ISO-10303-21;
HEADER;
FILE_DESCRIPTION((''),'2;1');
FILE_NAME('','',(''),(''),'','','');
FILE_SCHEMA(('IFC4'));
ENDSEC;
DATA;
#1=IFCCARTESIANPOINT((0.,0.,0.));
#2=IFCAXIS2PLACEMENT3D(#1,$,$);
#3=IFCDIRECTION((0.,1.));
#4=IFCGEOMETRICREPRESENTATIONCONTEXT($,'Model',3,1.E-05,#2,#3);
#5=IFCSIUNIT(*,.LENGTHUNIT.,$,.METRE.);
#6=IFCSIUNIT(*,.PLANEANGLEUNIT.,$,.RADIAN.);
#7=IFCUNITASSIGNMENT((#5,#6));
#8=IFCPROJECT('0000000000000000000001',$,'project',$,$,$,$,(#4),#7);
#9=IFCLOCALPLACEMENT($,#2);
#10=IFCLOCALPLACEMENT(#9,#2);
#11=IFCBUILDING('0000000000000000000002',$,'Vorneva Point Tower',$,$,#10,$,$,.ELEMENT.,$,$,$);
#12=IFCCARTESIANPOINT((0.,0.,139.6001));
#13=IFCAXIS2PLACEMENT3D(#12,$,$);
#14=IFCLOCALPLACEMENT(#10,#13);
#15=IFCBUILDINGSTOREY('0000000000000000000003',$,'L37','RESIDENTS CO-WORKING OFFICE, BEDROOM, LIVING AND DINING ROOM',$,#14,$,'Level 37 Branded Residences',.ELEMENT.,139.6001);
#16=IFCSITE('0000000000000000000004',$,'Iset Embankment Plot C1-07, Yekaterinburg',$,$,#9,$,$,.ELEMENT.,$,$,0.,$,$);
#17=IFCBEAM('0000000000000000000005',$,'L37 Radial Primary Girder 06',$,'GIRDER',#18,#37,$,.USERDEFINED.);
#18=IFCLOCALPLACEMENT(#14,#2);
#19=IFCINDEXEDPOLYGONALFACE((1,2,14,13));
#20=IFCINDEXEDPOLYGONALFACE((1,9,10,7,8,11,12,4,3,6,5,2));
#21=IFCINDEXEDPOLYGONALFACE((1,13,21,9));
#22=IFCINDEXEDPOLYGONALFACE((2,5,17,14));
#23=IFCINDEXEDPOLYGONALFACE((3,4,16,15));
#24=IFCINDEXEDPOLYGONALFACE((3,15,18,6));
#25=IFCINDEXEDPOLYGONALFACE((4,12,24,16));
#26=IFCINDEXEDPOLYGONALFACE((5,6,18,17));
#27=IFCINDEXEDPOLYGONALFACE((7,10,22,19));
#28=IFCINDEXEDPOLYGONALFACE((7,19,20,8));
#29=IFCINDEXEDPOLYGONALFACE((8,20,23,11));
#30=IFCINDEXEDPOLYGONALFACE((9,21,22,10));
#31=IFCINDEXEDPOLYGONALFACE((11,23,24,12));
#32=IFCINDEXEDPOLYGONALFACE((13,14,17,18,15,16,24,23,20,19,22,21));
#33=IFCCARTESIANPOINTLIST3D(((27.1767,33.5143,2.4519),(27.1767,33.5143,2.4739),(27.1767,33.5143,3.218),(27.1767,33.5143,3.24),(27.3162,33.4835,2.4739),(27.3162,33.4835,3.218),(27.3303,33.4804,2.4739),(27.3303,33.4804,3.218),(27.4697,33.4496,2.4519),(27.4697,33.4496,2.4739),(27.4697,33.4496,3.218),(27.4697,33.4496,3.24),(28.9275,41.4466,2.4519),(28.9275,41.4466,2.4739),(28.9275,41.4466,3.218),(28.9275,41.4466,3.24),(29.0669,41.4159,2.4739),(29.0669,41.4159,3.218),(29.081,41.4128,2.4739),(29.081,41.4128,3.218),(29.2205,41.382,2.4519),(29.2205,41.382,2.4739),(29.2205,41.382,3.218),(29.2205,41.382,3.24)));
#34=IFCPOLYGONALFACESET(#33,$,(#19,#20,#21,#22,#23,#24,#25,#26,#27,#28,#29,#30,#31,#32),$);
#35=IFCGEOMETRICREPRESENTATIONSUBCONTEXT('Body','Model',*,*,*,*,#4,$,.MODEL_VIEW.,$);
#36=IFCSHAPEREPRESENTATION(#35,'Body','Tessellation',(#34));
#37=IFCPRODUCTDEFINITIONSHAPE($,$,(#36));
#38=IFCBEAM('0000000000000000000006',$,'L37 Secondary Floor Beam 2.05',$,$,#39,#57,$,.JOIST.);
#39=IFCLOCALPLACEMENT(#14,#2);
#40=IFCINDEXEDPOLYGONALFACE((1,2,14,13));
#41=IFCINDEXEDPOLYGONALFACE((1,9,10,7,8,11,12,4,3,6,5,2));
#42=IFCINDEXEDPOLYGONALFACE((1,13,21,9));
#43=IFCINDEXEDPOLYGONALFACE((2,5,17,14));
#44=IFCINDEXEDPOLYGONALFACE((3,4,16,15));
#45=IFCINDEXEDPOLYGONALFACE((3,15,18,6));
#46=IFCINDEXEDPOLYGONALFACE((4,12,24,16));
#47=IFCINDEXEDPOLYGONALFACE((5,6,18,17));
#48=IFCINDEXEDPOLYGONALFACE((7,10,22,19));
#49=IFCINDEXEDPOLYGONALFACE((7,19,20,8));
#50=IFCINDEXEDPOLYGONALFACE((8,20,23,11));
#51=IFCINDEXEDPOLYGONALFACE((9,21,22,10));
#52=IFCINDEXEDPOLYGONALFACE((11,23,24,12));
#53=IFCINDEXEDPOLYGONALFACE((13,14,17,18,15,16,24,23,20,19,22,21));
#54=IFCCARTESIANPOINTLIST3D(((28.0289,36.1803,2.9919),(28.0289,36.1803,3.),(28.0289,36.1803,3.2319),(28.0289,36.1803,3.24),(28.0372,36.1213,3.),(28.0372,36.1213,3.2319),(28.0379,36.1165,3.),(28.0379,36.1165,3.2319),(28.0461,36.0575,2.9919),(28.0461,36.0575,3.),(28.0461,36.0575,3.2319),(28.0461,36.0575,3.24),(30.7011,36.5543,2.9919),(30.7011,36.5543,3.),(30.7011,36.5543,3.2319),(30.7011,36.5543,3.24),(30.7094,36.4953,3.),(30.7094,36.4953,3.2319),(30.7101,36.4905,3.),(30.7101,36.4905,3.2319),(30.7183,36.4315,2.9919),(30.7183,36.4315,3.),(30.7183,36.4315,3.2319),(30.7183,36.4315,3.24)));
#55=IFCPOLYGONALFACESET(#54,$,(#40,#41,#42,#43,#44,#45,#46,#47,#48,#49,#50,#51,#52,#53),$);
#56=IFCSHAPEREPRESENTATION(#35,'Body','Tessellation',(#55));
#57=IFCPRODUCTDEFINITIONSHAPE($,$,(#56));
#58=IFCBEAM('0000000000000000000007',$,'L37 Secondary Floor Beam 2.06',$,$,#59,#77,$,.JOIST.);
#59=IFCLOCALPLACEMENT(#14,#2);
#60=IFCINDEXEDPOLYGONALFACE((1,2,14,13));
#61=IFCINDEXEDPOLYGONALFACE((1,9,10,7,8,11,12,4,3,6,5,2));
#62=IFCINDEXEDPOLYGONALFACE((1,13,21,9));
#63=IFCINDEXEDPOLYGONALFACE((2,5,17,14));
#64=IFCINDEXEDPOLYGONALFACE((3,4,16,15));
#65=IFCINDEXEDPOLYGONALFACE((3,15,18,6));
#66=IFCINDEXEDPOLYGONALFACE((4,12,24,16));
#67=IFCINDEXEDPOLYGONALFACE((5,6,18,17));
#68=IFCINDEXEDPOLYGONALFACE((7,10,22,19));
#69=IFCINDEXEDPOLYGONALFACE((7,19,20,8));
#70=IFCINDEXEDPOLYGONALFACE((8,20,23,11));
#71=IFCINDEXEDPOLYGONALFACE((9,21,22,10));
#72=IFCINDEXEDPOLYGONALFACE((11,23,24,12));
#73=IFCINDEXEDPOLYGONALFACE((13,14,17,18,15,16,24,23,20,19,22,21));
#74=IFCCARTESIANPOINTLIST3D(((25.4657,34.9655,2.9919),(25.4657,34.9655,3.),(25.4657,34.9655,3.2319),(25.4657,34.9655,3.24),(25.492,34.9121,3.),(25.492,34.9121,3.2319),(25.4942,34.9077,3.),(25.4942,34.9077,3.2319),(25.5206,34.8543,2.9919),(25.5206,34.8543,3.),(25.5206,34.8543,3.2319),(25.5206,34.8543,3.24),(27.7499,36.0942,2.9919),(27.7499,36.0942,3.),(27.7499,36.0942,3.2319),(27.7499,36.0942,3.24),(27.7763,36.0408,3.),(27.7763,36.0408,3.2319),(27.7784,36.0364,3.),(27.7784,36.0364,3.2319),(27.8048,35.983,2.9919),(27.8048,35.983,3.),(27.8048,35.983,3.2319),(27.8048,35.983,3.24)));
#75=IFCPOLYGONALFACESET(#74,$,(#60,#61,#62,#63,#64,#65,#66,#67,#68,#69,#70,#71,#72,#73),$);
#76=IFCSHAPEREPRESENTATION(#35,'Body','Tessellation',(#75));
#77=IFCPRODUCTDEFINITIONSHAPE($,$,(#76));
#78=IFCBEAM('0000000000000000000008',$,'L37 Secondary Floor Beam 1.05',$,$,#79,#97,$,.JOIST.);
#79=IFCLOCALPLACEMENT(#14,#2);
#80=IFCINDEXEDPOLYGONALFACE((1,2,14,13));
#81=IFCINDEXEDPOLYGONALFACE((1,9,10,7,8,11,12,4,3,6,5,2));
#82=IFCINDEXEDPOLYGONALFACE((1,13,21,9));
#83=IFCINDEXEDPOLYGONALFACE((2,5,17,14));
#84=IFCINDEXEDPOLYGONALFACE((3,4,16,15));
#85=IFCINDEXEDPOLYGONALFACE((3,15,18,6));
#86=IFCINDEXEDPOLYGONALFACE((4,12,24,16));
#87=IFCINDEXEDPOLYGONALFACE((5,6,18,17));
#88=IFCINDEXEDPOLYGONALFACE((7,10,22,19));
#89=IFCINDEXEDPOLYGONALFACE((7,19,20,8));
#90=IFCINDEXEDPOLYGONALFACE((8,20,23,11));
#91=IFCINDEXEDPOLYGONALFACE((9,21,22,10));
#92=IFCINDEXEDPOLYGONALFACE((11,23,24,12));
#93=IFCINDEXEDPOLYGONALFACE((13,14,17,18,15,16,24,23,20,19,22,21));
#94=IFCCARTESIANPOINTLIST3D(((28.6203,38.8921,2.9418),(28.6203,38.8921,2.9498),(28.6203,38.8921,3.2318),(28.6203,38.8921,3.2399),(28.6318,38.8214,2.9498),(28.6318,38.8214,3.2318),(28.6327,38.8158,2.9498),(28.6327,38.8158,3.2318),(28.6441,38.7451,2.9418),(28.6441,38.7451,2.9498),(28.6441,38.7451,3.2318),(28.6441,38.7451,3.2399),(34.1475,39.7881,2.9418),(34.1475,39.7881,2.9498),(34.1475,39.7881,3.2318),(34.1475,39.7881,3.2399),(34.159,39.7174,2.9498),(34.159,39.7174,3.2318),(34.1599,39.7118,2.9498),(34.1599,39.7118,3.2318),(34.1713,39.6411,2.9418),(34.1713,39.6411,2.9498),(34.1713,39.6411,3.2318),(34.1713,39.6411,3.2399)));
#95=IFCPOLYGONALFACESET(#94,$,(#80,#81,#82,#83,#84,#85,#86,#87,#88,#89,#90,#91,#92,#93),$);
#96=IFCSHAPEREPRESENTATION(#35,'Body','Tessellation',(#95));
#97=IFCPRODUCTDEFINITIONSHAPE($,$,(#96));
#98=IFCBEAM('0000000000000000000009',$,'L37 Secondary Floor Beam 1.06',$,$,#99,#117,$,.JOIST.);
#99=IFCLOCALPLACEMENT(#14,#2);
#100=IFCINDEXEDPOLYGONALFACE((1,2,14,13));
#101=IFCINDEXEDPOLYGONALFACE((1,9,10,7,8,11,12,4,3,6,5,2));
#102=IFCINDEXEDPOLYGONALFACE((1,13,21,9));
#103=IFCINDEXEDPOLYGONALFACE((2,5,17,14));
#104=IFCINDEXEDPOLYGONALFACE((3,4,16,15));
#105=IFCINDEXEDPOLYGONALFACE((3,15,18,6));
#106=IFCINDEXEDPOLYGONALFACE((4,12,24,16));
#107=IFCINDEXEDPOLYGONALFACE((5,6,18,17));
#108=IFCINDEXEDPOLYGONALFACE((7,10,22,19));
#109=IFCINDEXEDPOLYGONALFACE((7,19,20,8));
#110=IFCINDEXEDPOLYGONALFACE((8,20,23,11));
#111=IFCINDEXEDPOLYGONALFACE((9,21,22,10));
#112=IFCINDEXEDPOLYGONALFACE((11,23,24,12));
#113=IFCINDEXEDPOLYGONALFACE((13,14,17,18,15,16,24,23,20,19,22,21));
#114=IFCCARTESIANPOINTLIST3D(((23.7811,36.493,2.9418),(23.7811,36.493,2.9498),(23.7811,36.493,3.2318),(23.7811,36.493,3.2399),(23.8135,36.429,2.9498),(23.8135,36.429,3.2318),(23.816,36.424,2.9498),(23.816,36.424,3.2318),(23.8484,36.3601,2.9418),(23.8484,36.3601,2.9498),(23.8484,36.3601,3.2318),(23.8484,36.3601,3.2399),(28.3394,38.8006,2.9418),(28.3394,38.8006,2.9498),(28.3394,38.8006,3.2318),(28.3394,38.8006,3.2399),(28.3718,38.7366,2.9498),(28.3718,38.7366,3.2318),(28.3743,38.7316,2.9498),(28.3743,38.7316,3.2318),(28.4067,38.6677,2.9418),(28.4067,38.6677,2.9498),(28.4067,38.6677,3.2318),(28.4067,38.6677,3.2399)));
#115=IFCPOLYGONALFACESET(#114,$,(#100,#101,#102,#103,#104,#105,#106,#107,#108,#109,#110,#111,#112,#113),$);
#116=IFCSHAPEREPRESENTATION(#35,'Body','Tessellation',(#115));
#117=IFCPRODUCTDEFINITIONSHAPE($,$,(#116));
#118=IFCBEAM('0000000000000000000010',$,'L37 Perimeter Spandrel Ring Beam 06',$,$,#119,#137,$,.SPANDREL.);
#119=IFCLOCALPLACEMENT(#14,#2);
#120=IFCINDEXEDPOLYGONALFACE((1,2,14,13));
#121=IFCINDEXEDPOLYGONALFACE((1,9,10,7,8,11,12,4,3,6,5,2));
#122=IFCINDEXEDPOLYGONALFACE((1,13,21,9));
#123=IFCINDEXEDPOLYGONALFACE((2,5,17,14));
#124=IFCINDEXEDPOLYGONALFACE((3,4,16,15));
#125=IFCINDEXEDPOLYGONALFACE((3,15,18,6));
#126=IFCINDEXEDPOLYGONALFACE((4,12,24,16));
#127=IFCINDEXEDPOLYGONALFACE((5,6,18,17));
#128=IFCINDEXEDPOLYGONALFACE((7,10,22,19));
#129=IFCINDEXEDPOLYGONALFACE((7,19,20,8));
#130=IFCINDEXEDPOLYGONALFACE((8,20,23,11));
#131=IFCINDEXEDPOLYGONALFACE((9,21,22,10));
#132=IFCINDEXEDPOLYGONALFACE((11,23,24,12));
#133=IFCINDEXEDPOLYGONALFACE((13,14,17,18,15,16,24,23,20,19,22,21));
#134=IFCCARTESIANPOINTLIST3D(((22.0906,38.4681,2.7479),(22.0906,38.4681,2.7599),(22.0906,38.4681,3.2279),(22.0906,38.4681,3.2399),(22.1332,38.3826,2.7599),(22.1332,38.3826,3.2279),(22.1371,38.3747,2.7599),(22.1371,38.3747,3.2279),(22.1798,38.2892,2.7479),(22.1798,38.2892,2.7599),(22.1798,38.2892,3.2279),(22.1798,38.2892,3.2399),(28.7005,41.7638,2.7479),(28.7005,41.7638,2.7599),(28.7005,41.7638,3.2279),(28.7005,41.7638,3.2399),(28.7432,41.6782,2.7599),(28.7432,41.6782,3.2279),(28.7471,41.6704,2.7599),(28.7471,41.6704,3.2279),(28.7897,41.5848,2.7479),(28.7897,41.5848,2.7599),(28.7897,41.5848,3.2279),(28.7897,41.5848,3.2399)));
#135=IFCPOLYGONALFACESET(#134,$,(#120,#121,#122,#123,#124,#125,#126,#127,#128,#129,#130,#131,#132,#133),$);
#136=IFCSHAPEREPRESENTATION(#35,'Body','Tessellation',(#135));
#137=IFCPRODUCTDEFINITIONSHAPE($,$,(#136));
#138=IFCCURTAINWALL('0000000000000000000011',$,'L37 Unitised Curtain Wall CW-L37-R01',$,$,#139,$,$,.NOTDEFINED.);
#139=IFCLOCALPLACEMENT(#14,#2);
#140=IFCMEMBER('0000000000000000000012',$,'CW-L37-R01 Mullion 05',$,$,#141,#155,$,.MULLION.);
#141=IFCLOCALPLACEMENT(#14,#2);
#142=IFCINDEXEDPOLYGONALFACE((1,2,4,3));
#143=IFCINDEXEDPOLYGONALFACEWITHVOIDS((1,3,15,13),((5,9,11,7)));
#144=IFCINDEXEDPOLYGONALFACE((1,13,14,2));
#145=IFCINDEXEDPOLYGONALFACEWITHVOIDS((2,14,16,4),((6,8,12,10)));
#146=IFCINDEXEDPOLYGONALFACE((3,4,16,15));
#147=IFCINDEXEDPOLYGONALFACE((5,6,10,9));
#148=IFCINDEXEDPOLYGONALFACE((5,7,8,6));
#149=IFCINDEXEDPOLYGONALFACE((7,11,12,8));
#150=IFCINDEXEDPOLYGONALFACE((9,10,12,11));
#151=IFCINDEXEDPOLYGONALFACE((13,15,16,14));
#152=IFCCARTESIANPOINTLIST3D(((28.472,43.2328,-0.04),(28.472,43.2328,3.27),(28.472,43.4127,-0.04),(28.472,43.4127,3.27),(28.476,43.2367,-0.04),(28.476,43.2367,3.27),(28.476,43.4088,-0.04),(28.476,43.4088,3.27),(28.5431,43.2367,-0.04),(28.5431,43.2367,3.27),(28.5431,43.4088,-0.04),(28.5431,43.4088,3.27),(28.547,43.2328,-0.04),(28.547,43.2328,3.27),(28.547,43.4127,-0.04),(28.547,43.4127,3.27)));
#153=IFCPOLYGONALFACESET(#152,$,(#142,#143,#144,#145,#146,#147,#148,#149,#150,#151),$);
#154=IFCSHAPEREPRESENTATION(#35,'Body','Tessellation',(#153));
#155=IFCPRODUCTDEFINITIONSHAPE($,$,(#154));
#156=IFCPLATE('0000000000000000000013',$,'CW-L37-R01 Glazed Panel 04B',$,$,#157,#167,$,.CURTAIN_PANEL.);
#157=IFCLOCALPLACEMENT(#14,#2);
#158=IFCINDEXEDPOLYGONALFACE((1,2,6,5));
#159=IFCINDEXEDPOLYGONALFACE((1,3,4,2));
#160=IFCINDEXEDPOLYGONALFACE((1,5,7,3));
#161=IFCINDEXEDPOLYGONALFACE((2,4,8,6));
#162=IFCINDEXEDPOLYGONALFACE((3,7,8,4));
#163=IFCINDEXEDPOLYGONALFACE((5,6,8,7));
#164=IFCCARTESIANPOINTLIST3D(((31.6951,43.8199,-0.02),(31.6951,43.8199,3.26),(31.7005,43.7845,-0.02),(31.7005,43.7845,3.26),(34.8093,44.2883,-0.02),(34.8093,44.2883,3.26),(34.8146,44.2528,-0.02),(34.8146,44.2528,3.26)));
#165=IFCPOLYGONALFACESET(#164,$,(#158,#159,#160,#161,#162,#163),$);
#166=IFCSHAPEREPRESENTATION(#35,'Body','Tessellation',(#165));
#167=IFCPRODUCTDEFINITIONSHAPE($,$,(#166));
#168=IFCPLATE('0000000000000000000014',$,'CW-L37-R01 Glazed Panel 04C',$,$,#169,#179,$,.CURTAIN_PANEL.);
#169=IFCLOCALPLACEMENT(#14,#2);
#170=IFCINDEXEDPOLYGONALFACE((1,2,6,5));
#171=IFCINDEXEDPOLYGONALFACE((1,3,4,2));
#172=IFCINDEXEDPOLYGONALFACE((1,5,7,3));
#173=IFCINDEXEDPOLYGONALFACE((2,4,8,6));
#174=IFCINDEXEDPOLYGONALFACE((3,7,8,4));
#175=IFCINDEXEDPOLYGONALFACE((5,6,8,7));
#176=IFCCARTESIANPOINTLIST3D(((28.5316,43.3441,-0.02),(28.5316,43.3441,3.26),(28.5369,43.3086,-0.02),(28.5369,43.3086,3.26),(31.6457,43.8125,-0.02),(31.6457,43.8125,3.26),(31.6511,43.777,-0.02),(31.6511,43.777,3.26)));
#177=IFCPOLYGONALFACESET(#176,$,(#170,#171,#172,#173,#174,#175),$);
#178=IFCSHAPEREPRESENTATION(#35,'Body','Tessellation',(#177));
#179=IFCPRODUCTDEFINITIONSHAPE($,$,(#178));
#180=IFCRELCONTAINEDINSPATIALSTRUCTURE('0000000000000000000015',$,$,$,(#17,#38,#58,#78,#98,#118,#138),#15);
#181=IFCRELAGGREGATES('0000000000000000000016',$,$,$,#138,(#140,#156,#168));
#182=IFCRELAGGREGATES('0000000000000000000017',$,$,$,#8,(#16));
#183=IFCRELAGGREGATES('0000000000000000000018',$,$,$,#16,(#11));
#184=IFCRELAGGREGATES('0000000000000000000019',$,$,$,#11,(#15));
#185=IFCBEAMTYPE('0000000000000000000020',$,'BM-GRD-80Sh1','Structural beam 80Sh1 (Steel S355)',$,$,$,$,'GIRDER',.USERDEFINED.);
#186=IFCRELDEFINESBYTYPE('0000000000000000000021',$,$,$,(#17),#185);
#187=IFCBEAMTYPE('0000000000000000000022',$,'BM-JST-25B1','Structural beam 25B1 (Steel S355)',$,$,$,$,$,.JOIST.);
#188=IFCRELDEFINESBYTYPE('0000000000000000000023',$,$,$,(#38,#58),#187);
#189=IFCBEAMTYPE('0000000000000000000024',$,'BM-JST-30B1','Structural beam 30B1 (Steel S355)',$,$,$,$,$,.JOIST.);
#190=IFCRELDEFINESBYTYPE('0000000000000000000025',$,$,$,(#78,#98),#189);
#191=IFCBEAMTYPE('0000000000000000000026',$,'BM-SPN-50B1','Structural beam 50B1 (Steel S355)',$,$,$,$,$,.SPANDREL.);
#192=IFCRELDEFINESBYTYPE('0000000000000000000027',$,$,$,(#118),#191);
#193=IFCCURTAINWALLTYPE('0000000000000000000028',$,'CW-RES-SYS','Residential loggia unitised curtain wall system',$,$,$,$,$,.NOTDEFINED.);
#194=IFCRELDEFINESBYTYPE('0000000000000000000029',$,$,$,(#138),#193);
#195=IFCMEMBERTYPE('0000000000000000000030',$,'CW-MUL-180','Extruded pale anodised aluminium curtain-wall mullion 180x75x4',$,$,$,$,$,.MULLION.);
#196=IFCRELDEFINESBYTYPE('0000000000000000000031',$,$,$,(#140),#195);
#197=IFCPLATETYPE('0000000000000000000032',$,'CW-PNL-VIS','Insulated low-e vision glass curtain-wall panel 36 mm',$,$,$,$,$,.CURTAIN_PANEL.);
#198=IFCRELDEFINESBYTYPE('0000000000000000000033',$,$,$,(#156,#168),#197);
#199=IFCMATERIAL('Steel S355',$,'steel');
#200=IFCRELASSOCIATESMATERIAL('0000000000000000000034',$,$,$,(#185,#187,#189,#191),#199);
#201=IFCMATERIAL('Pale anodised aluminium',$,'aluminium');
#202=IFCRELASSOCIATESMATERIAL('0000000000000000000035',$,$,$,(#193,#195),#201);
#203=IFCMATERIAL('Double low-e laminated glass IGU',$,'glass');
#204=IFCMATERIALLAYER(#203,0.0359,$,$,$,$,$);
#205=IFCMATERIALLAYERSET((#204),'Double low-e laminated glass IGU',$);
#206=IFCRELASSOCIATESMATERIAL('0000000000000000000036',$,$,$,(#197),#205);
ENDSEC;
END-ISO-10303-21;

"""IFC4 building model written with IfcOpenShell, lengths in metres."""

from ifc_helpers import new_model, si_unit, direction, frame, origin, origin_2d, place, context, subcontext, project, spatial, rectangle, hollow_rectangle, i_section, extrude, material, layer, layer_set, material_profile, profile_set, type_object, element, aggregate, save


model = new_model("IFC4")

# Units and contexts
model_context = context("Model", 3, precision=1e-05, world=origin(), true_north=direction((0.0, 1.0)))
body_context = subcontext(model_context, "Body", "Model", "MODEL_VIEW")
ifc_project = project(units=[si_unit("LENGTHUNIT", "METRE"), si_unit("PLANEANGLEUNIT", "RADIAN")], contexts=[model_context])

# Site, building, storey
site_placement = place(None, origin())
site = spatial("IfcSite", under=ifc_project, at=site_placement, Name="Iset Embankment Plot C1-07, Yekaterinburg", CompositionType="ELEMENT", RefElevation=0.0)
building_placement = place(site_placement, origin())
building = spatial("IfcBuilding", under=site, at=building_placement, Name="Vorneva Point Tower", CompositionType="ELEMENT")
storey_placement = place(building_placement, frame((0.0, 0.0, 139.6001)))
storey = spatial("IfcBuildingStorey", under=building, at=storey_placement, Name="L37", Description="RESIDENTS CO-WORKING OFFICE, BEDROOM, LIVING AND DINING ROOM", LongName="Level 37 Branded Residences", CompositionType="ELEMENT", Elevation=139.6001)

# Beams
ifc_material_1 = material(Name="Steel S355", Category="steel")
ifc_material_profile_1 = material_profile(ifc_material_1, i_section(OverallWidth=0.3, OverallDepth=0.7881, WebThickness=0.0144, FlangeThickness=0.022, at=origin_2d()), Name="80Sh1")
ifc_profile_set_1 = profile_set([ifc_material_profile_1], Name="Steel S355")
beam_type_1 = type_object("IfcBeamType", Name="BM-GRD-80Sh1", Description="Structural beam 80Sh1 (Steel S355)", ElementType="GIRDER", PredefinedType="USERDEFINED", material=ifc_profile_set_1)
beam_1_placement = place(storey_placement, frame((29.074, 41.4143, 2.8459), z_axis=(-0.215521, -0.976499, 0.0), x_axis=(0.976499, -0.215521, 0.0)))
element("IfcBeam", 1, at=beam_1_placement, inside=storey, type_object=beam_type_1, Name="L37 Radial Primary Girder 06", ObjectType="GIRDER", PredefinedType="USERDEFINED", context=body_context, shape_type="SweptSolid", body=[
    extrude(i_section(OverallWidth=0.3, OverallDepth=0.7881, WebThickness=0.0144, FlangeThickness=0.022, at=origin_2d()), origin(), (0.0, 0.0, 1.0), 8.1233),
])
ifc_material_profile_2 = material_profile(ifc_material_1, i_section(OverallWidth=0.124, OverallDepth=0.248, WebThickness=0.0049, FlangeThickness=0.0081, at=origin_2d()), Name="25B1")
ifc_profile_set_2 = profile_set([ifc_material_profile_2], Name="Steel S355")
beam_type_2 = type_object("IfcBeamType", Name="BM-JST-25B1", Description="Structural beam 25B1 (Steel S355)", PredefinedType="JOIST", material=ifc_profile_set_2)
beam_2_placement = place(storey_placement, frame((30.7097, 36.4929, 3.116), z_axis=(-0.990345, -0.138621, 0.0), x_axis=(0.138621, -0.990345, 0.0)))
element("IfcBeam", 2, at=beam_2_placement, inside=storey, type_object=beam_type_2, Name="L37 Secondary Floor Beam 2.05", PredefinedType="JOIST", context=body_context, shape_type="SweptSolid", body=[
    extrude(i_section(OverallWidth=0.124, OverallDepth=0.248, WebThickness=0.0049, FlangeThickness=0.0081, at=origin_2d()), origin(), (0.0, 0.0, 1.0), 2.6982),
])
beam_3_placement = place(storey_placement, frame((27.7773, 36.0386, 3.116), z_axis=(-0.896525, -0.442992, 0.0), x_axis=(0.442992, -0.896525, 0.0)))
element("IfcBeam", 3, at=beam_3_placement, inside=storey, type_object=beam_type_2, Name="L37 Secondary Floor Beam 2.06", PredefinedType="JOIST", context=body_context, shape_type="SweptSolid", body=[
    extrude(i_section(OverallWidth=0.124, OverallDepth=0.248, WebThickness=0.0049, FlangeThickness=0.0081, at=origin_2d()), origin(), (0.0, 0.0, 1.0), 2.5479),
])
ifc_material_profile_3 = material_profile(ifc_material_1, i_section(OverallWidth=0.1489, OverallDepth=0.2981, WebThickness=0.0056, FlangeThickness=0.0081, at=origin_2d()), Name="30B1")
ifc_profile_set_3 = profile_set([ifc_material_profile_3], Name="Steel S355")
beam_type_3 = type_object("IfcBeamType", Name="BM-JST-30B1", Description="Structural beam 30B1 (Steel S355)", PredefinedType="JOIST", material=ifc_profile_set_3)
beam_4_placement = place(storey_placement, frame((34.1594, 39.7146, 3.0908), z_axis=(-0.987114, -0.160021, 0.0), x_axis=(0.160021, -0.987114, 0.0)))
element("IfcBeam", 4, at=beam_4_placement, inside=storey, type_object=beam_type_3, Name="L37 Secondary Floor Beam 1.05", PredefinedType="JOIST", context=body_context, shape_type="SweptSolid", body=[
    extrude(i_section(OverallWidth=0.1489, OverallDepth=0.2981, WebThickness=0.0056, FlangeThickness=0.0081, at=origin_2d()), origin(), (0.0, 0.0, 1.0), 5.5994),
])
beam_5_placement = place(storey_placement, frame((28.373, 38.7341, 3.0908), z_axis=(-0.892189, -0.451662, 0.0), x_axis=(0.451662, -0.892189, 0.0)))
element("IfcBeam", 5, at=beam_5_placement, inside=storey, type_object=beam_type_3, Name="L37 Secondary Floor Beam 1.06", PredefinedType="JOIST", context=body_context, shape_type="SweptSolid", body=[
    extrude(i_section(OverallWidth=0.1489, OverallDepth=0.2981, WebThickness=0.0056, FlangeThickness=0.0081, at=origin_2d()), origin(), (0.0, 0.0, 1.0), 5.1091),
])
ifc_material_profile_4 = material_profile(ifc_material_1, i_section(OverallWidth=0.2, OverallDepth=0.4919, WebThickness=0.0088, FlangeThickness=0.012, at=origin_2d()), Name="50B1")
ifc_profile_set_4 = profile_set([ifc_material_profile_4], Name="Steel S355")
beam_type_4 = type_object("IfcBeamType", Name="BM-SPN-50B1", Description="Structural beam 50B1 (Steel S355)", PredefinedType="SPANDREL", material=ifc_profile_set_4)
beam_6_placement = place(storey_placement, frame((28.7451, 41.6743, 2.9939), z_axis=(-0.894929, -0.446208, 0.0), x_axis=(0.446208, -0.894929, 0.0)))
element("IfcBeam", 6, at=beam_6_placement, inside=storey, type_object=beam_type_4, Name="L37 Perimeter Spandrel Ring Beam 06", PredefinedType="SPANDREL", context=body_context, shape_type="SweptSolid", body=[
    extrude(i_section(OverallWidth=0.2, OverallDepth=0.4919, WebThickness=0.0088, FlangeThickness=0.012, at=origin_2d()), origin(), (0.0, 0.0, 1.0), 7.386),
])

# Curtain wall, member, plates
ifc_material_2 = material(Name="Pale anodised aluminium", Category="aluminium")
curtain_wall_type = type_object("IfcCurtainWallType", Name="CW-RES-SYS", Description="Residential loggia unitised curtain wall system", PredefinedType="NOTDEFINED", material=ifc_material_2)
curtain_wall_placement = place(storey_placement, origin())
curtain_wall = element("IfcCurtainWall", 7, at=curtain_wall_placement, inside=storey, type_object=curtain_wall_type, Name="L37 Unitised Curtain Wall CW-L37-R01", PredefinedType="NOTDEFINED")
ifc_material_profile_5 = material_profile(ifc_material_2, hollow_rectangle(XDim=0.075, YDim=0.1799, WallThickness=0.0039, at=origin_2d()), Name="AL-MUL 180x75x4")
ifc_profile_set_5 = profile_set([ifc_material_profile_5], Name="Pale anodised aluminium")
member_type = type_object("IfcMemberType", Name="CW-MUL-180", Description="Extruded pale anodised aluminium curtain-wall mullion 180x75x4", PredefinedType="MULLION", material=ifc_profile_set_5)
member_placement = place(storey_placement, frame((28.5095, 43.3228, -0.04), z_axis=(0.0, 0.0, 1.0), x_axis=(1.0, 0.0, 0.0)))
member = element("IfcMember", 8, at=member_placement, type_object=member_type, Name="CW-L37-R01 Mullion 05", PredefinedType="MULLION", context=body_context, shape_type="SweptSolid", body=[
    extrude(hollow_rectangle(XDim=0.075, YDim=0.1799, WallThickness=0.0039, at=origin_2d()), origin(), (0.0, 0.0, 1.0), 3.3101),
])
ifc_material_3 = material(Name="Double low-e laminated glass IGU", Category="glass")
ifc_layer_1 = layer(ifc_material_3, 0.0359)
ifc_layer_set_1 = layer_set([ifc_layer_1], Name="Double low-e laminated glass IGU")
plate_type = type_object("IfcPlateType", Name="CW-PNL-VIS", Description="Insulated low-e vision glass curtain-wall panel 36 mm", PredefinedType="CURTAIN_PANEL", material=ifc_layer_set_1)
plate_1_placement = place(storey_placement, frame((33.2549, 44.0364, -0.02), z_axis=(0.0, 0.0, 1.0), x_axis=(-0.988879, -0.148724, 0.0)))
plate_1 = element("IfcPlate", 9, at=plate_1_placement, type_object=plate_type, Name="CW-L37-R01 Glazed Panel 04B", PredefinedType="CURTAIN_PANEL", context=body_context, shape_type="SweptSolid", body=[
    extrude(rectangle(XDim=3.1492, YDim=0.0359, at=origin_2d()), origin(), (0.0, 0.0, 1.0), 3.28),
])
plate_2_placement = place(storey_placement, frame((30.0913, 43.5605, -0.02), z_axis=(0.0, 0.0, 1.0), x_axis=(-0.988879, -0.148724, 0.0)))
plate_2 = element("IfcPlate", 10, at=plate_2_placement, type_object=plate_type, Name="CW-L37-R01 Glazed Panel 04C", PredefinedType="CURTAIN_PANEL", context=body_context, shape_type="SweptSolid", body=[
    extrude(rectangle(XDim=3.1492, YDim=0.0359, at=origin_2d()), origin(), (0.0, 0.0, 1.0), 3.28),
])
aggregate(curtain_wall, [member, plate_1, plate_2])

save(model, "model.ifc")
